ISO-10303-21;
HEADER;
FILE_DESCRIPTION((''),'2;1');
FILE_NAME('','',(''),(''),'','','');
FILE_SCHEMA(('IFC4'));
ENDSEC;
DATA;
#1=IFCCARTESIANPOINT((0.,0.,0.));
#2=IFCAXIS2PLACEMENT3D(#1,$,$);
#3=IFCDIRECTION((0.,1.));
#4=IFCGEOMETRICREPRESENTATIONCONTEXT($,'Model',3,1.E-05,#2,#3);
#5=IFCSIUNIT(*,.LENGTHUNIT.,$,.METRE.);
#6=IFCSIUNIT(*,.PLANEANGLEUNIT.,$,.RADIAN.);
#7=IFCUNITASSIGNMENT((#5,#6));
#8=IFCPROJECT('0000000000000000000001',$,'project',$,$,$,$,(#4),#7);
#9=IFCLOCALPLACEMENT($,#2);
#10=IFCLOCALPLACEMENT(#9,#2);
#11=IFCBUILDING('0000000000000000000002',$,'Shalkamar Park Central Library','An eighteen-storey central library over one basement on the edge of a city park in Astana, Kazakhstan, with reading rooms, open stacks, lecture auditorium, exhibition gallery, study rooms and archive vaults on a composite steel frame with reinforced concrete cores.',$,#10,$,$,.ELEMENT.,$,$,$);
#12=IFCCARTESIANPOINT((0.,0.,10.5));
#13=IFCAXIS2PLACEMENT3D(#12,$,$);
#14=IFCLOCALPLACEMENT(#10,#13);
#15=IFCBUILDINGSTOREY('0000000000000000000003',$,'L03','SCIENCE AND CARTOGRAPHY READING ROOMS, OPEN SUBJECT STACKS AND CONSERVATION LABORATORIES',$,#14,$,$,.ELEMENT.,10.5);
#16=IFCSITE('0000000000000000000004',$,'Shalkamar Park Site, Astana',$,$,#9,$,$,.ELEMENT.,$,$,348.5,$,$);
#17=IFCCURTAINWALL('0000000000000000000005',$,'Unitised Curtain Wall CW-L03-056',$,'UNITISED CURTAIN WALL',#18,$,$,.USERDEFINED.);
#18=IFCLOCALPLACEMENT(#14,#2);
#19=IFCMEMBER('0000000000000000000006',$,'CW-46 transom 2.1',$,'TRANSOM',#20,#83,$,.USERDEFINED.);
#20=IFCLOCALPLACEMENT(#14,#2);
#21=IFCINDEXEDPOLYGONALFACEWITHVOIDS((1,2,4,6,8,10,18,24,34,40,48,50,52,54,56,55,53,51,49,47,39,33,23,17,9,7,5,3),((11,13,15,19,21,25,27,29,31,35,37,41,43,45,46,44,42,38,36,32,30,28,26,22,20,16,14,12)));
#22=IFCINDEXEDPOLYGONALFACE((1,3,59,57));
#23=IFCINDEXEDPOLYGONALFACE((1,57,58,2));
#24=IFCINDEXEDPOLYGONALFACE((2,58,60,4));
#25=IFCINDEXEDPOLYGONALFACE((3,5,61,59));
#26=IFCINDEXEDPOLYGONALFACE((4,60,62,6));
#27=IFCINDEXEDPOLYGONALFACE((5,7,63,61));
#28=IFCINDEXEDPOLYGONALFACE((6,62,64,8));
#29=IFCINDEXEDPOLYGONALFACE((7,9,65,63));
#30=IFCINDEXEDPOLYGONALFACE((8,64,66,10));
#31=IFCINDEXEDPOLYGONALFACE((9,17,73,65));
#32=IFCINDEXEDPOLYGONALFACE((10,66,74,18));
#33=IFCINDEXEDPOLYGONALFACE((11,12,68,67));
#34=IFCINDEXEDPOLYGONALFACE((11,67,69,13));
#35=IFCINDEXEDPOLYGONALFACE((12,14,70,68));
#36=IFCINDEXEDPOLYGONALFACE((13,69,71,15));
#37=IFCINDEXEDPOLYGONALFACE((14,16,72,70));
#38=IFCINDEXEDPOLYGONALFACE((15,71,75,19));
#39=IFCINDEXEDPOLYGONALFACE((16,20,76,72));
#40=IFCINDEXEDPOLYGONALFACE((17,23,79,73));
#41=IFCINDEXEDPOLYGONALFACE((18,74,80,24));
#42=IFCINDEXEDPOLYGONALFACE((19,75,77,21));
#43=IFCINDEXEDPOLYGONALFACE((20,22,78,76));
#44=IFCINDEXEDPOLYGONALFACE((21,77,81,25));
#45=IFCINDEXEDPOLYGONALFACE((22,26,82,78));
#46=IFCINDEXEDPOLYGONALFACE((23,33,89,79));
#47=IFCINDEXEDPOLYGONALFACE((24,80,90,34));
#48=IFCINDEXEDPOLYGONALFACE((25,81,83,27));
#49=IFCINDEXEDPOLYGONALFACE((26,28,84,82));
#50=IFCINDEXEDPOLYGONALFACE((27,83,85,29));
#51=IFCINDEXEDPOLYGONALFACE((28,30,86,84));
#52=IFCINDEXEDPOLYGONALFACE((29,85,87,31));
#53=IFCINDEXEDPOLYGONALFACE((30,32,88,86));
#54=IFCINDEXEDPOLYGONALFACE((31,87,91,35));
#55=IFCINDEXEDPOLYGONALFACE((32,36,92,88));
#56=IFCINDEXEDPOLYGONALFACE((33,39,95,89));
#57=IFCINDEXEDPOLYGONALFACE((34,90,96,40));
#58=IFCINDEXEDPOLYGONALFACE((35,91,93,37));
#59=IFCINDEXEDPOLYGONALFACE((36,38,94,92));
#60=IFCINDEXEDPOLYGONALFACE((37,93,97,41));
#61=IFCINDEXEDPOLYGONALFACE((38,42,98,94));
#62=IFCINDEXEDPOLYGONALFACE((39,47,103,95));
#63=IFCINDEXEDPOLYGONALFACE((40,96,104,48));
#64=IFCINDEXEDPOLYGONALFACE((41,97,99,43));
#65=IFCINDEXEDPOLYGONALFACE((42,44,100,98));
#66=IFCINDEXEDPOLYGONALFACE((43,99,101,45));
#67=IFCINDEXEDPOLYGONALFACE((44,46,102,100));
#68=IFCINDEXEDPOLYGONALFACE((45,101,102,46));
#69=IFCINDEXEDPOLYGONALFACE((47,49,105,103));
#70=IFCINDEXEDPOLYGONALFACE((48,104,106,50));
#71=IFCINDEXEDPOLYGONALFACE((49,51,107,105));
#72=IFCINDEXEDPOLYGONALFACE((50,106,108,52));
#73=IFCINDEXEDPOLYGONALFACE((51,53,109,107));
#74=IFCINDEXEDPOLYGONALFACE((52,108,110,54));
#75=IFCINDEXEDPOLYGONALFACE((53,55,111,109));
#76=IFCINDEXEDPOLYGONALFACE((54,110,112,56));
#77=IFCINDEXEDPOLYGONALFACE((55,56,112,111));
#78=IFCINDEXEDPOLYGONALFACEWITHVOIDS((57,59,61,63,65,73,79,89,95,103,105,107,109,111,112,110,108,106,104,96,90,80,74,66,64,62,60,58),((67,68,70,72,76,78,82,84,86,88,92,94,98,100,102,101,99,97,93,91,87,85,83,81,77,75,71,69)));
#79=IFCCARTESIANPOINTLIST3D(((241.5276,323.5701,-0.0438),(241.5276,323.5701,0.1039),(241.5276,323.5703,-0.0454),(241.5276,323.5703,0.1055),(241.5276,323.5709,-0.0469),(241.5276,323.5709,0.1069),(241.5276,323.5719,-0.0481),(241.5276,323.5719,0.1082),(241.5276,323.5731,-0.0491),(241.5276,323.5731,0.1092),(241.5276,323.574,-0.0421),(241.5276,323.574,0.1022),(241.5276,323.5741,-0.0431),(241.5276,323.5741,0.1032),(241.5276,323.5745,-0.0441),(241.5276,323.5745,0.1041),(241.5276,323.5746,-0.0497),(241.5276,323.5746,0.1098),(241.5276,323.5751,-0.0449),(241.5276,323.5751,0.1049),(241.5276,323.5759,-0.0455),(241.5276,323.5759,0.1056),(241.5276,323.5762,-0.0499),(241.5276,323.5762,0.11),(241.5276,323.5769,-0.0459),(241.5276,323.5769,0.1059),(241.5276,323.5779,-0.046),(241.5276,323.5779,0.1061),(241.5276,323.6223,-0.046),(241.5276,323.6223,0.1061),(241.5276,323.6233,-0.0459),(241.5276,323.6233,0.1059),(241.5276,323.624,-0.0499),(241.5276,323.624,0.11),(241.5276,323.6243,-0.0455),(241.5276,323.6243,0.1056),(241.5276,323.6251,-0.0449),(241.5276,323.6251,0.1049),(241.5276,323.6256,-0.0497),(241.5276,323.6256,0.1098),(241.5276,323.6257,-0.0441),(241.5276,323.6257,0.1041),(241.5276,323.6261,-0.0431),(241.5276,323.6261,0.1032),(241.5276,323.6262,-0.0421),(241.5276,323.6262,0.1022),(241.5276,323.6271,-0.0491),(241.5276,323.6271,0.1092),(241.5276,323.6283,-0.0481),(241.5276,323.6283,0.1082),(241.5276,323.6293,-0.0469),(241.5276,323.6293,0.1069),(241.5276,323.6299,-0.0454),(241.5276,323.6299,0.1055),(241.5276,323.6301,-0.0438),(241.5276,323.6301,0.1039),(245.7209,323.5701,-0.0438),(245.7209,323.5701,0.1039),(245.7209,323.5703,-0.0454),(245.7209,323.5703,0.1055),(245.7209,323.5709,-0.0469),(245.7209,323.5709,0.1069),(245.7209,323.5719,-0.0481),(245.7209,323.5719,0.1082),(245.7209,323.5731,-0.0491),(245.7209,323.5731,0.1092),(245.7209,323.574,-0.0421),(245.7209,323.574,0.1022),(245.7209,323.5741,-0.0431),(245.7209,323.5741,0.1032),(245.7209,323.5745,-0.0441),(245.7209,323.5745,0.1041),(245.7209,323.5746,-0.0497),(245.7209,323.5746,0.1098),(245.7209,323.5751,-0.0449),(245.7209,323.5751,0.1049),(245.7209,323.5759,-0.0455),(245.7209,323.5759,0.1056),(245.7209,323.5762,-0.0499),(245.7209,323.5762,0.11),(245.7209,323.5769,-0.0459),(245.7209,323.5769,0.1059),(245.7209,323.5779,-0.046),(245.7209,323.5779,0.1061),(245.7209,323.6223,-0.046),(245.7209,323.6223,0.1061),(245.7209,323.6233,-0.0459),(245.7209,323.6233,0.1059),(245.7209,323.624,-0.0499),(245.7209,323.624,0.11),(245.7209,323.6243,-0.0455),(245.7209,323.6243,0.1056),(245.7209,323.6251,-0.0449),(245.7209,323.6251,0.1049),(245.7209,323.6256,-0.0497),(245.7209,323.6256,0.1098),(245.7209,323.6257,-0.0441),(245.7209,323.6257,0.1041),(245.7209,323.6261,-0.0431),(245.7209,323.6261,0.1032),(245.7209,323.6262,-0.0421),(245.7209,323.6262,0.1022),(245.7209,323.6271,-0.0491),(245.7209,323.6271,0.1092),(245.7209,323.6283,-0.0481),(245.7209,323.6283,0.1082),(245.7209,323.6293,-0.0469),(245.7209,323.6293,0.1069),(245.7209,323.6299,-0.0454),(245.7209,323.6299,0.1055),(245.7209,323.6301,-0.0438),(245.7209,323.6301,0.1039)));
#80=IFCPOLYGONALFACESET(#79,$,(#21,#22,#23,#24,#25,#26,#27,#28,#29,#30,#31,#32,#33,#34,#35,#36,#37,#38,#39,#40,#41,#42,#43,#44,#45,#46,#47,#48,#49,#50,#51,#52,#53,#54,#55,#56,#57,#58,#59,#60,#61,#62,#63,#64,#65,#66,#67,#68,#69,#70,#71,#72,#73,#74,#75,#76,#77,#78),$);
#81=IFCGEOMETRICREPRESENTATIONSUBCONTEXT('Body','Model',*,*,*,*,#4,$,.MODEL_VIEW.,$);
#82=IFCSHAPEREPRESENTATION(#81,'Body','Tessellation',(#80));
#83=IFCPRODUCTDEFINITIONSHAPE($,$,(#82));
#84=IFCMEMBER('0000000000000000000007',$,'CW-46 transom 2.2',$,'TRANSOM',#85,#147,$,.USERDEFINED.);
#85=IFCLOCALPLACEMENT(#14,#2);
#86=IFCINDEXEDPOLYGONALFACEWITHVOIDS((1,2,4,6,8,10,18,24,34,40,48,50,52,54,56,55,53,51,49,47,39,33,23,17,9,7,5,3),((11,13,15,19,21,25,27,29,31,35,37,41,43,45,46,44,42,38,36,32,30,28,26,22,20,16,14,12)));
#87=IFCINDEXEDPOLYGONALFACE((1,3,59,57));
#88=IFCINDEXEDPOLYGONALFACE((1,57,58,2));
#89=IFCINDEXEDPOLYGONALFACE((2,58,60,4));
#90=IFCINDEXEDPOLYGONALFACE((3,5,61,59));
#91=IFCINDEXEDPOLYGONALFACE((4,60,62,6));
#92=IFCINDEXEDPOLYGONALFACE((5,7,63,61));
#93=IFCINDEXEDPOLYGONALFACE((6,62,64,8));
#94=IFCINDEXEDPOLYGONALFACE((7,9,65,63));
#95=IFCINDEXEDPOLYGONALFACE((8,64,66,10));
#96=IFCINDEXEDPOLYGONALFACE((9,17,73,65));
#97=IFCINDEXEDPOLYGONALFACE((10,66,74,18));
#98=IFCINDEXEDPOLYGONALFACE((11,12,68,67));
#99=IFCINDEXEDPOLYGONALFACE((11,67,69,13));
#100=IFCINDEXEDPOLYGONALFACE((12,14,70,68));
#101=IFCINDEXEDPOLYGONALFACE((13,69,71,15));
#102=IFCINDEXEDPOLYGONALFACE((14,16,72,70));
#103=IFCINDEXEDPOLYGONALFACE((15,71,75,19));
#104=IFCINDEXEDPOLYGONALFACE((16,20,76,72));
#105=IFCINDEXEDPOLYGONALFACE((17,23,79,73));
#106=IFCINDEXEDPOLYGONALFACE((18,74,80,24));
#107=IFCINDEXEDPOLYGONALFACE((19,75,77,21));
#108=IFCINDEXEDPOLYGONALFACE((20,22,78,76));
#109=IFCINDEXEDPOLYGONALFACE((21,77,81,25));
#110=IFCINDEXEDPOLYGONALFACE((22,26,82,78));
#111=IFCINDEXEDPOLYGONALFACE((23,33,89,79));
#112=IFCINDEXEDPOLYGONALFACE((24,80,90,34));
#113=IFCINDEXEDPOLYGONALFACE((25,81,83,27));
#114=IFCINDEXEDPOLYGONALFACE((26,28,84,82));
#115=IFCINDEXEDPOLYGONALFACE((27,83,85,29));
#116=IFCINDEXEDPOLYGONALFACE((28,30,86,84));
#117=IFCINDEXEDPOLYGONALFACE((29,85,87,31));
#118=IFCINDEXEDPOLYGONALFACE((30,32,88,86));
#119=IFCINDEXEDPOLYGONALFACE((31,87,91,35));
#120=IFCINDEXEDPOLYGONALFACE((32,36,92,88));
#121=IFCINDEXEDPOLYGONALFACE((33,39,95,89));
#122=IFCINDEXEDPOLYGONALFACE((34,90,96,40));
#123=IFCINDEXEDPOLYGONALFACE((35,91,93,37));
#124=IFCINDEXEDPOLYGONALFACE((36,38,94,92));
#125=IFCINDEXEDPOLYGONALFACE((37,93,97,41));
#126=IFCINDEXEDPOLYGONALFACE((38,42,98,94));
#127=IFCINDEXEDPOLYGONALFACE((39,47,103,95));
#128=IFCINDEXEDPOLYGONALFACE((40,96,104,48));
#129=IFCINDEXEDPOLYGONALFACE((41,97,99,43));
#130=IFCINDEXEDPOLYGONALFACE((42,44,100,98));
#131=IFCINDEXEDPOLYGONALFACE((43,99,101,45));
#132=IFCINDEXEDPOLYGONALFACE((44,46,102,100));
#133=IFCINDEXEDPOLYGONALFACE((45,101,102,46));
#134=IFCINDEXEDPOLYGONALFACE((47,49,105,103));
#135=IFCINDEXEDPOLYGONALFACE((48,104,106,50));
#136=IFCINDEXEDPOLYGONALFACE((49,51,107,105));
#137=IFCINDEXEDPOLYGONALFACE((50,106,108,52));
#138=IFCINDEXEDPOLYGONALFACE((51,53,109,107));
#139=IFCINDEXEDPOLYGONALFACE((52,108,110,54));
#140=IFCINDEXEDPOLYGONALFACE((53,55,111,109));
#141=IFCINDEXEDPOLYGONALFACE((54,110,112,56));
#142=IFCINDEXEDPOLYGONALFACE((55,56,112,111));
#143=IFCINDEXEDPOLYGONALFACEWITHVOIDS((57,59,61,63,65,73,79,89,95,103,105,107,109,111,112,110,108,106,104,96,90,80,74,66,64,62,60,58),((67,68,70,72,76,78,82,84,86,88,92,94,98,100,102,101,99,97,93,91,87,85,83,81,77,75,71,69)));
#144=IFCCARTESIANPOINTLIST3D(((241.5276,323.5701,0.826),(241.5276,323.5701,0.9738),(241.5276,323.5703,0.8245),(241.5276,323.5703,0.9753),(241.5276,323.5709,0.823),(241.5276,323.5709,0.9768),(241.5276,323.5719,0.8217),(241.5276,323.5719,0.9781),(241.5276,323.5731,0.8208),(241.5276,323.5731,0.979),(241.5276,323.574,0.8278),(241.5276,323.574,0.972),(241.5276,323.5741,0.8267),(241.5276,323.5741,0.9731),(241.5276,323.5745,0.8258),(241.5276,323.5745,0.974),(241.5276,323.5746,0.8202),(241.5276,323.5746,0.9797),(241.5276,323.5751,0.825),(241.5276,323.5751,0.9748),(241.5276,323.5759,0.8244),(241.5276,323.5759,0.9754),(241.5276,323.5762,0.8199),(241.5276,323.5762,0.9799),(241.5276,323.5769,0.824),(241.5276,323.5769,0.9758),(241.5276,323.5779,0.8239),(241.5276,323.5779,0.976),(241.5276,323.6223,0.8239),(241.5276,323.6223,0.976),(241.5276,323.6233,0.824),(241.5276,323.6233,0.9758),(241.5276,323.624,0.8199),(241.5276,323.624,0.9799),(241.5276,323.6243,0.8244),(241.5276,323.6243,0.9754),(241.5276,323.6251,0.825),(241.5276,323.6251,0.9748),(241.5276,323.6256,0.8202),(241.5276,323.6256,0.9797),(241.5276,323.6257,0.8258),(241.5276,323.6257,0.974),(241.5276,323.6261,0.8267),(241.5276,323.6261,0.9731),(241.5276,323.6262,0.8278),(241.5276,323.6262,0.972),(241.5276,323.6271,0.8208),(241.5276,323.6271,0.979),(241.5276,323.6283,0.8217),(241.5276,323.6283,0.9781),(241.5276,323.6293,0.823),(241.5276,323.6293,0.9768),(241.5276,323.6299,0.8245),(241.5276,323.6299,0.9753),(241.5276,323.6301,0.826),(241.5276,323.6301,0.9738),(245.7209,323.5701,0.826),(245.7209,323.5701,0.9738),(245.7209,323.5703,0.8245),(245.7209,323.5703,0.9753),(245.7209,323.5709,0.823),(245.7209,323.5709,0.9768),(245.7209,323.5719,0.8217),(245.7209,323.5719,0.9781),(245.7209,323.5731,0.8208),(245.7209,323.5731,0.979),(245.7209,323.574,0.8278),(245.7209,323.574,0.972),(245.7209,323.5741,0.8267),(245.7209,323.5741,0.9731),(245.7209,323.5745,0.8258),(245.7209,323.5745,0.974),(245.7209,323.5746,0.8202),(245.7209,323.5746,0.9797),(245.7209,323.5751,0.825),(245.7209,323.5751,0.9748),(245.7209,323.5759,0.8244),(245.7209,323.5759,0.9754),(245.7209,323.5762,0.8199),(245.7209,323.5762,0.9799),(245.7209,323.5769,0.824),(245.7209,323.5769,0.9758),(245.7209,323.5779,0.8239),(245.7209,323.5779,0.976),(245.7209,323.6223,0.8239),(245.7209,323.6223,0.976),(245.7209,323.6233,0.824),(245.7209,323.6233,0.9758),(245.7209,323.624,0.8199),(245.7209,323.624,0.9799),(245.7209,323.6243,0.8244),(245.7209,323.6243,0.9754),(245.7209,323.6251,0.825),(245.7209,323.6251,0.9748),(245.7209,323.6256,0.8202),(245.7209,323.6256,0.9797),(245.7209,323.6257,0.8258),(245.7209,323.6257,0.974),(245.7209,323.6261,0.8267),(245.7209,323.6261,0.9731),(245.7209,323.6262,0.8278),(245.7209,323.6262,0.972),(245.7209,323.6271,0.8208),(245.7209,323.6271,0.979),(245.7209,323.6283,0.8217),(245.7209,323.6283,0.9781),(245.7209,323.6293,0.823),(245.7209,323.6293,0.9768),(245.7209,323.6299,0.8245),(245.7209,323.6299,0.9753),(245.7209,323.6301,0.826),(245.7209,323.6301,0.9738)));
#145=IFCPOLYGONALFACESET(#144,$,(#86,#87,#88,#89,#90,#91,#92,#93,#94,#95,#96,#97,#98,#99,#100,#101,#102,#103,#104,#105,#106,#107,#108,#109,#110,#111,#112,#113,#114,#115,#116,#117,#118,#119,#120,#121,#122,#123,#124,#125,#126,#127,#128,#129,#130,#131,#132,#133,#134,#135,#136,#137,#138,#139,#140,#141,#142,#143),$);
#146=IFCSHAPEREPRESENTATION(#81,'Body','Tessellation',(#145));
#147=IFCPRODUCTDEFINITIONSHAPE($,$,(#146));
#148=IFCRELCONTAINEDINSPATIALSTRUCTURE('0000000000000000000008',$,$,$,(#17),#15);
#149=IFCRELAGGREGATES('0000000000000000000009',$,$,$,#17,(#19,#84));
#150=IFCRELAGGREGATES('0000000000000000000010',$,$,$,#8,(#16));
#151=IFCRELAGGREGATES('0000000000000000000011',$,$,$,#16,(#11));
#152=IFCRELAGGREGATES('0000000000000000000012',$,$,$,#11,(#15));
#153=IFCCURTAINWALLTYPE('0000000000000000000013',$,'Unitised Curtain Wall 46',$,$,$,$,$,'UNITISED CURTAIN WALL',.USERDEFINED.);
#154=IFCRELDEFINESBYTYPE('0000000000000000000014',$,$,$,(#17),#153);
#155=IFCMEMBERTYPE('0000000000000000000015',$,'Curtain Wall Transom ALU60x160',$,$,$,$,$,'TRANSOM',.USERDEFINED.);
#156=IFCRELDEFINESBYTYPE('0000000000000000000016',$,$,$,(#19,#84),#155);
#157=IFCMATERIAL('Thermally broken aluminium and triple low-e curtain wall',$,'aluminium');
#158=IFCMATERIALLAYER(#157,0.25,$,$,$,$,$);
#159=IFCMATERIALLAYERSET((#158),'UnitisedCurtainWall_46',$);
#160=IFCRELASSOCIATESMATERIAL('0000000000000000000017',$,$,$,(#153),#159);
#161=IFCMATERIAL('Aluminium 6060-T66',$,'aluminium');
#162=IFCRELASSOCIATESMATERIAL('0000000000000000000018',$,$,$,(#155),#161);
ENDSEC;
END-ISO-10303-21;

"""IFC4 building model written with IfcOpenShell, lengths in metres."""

from ifc_helpers import new_model, si_unit, direction, frame, origin, origin_2d, place, context, subcontext, project, spatial, hollow_rectangle, extrude, material, layer, layer_set, material_profile, profile_set, type_object, element, aggregate, save


model = new_model("IFC4")

# Units and contexts
model_context = context("Model", 3, precision=1e-05, world=origin(), true_north=direction((0.0, 1.0)))
body_context = subcontext(model_context, "Body", "Model", "MODEL_VIEW")
ifc_project = project(units=[si_unit("LENGTHUNIT", "METRE"), si_unit("PLANEANGLEUNIT", "RADIAN")], contexts=[model_context])

# Site, building, storey
site_placement = place(None, origin())
site = spatial("IfcSite", under=ifc_project, at=site_placement, Name="Shalkamar Park Site, Astana", CompositionType="ELEMENT", RefElevation=348.5)
building_placement = place(site_placement, origin())
building = spatial("IfcBuilding", under=site, at=building_placement, Name="Shalkamar Park Central Library", Description="An eighteen-storey central library over one basement on the edge of a city park in Astana, Kazakhstan, with reading rooms, open stacks, lecture auditorium, exhibition gallery, study rooms and archive vaults on a composite steel frame with reinforced concrete cores.", CompositionType="ELEMENT")
storey_placement = place(building_placement, frame((0.0, 0.0, 10.5)))
storey = spatial("IfcBuildingStorey", under=building, at=storey_placement, Name="L03", Description="SCIENCE AND CARTOGRAPHY READING ROOMS, OPEN SUBJECT STACKS AND CONSERVATION LABORATORIES", CompositionType="ELEMENT", Elevation=10.5)

# Curtain wall, members
ifc_material_1 = material(Name="Thermally broken aluminium and triple low-e curtain wall", Category="aluminium")
ifc_layer_1 = layer(ifc_material_1, 0.25)
ifc_layer_set_1 = layer_set([ifc_layer_1], Name="UnitisedCurtainWall_46")
curtain_wall_type = type_object("IfcCurtainWallType", Name="Unitised Curtain Wall 46", ElementType="UNITISED CURTAIN WALL", PredefinedType="USERDEFINED", material=ifc_layer_set_1)
curtain_wall_placement = place(storey_placement, origin())
curtain_wall = element("IfcCurtainWall", 1, at=curtain_wall_placement, inside=storey, type_object=curtain_wall_type, Name="Unitised Curtain Wall CW-L03-056", ObjectType="UNITISED CURTAIN WALL", PredefinedType="USERDEFINED")
ifc_material_2 = material(Name="Aluminium 6060-T66", Category="aluminium")
ifc_material_profile_1 = material_profile(ifc_material_2, hollow_rectangle(XDim=0.0601, YDim=0.1599, WallThickness=0.0039, InnerFilletRadius=0.0039, OuterFilletRadius=0.0061, at=origin_2d()), Name="ALU 60x160x4")
ifc_profile_set_1 = profile_set([ifc_material_profile_1], Name="Aluminium 6060-T66")
member_type_1 = type_object("IfcMemberType", Name="Curtain Wall Transom ALU60x160", ElementType="TRANSOM", PredefinedType="USERDEFINED", material=ifc_profile_set_1)
member_1_placement = place(storey_placement, frame((241.5276, 323.6001, 0.03), z_axis=(1.0, 0.0, 0.0), x_axis=(0.0, 1.0, 0.0)))
member_1 = element("IfcMember", 2, at=member_1_placement, type_object=member_type_1, Name="CW-46 transom 2.1", ObjectType="TRANSOM", PredefinedType="USERDEFINED", context=body_context, shape_type="SweptSolid", body=[
    extrude(hollow_rectangle(XDim=0.0601, YDim=0.1599, WallThickness=0.0039, InnerFilletRadius=0.0039, OuterFilletRadius=0.0061, at=origin_2d()), origin(), (0.0, 0.0, 1.0), 4.1934),
])
member_2_placement = place(storey_placement, frame((241.5276, 323.6001, 0.8999), z_axis=(1.0, 0.0, 0.0), x_axis=(0.0, 1.0, 0.0)))
member_2 = element("IfcMember", 3, at=member_2_placement, type_object=member_type_1, Name="CW-46 transom 2.2", ObjectType="TRANSOM", PredefinedType="USERDEFINED", context=body_context, shape_type="SweptSolid", body=[
    extrude(hollow_rectangle(XDim=0.0601, YDim=0.1599, WallThickness=0.0039, InnerFilletRadius=0.0039, OuterFilletRadius=0.0061, at=origin_2d()), origin(), (0.0, 0.0, 1.0), 4.1934),
])

aggregate(curtain_wall, [member_1, member_2])

save(model, "model.ifc")
